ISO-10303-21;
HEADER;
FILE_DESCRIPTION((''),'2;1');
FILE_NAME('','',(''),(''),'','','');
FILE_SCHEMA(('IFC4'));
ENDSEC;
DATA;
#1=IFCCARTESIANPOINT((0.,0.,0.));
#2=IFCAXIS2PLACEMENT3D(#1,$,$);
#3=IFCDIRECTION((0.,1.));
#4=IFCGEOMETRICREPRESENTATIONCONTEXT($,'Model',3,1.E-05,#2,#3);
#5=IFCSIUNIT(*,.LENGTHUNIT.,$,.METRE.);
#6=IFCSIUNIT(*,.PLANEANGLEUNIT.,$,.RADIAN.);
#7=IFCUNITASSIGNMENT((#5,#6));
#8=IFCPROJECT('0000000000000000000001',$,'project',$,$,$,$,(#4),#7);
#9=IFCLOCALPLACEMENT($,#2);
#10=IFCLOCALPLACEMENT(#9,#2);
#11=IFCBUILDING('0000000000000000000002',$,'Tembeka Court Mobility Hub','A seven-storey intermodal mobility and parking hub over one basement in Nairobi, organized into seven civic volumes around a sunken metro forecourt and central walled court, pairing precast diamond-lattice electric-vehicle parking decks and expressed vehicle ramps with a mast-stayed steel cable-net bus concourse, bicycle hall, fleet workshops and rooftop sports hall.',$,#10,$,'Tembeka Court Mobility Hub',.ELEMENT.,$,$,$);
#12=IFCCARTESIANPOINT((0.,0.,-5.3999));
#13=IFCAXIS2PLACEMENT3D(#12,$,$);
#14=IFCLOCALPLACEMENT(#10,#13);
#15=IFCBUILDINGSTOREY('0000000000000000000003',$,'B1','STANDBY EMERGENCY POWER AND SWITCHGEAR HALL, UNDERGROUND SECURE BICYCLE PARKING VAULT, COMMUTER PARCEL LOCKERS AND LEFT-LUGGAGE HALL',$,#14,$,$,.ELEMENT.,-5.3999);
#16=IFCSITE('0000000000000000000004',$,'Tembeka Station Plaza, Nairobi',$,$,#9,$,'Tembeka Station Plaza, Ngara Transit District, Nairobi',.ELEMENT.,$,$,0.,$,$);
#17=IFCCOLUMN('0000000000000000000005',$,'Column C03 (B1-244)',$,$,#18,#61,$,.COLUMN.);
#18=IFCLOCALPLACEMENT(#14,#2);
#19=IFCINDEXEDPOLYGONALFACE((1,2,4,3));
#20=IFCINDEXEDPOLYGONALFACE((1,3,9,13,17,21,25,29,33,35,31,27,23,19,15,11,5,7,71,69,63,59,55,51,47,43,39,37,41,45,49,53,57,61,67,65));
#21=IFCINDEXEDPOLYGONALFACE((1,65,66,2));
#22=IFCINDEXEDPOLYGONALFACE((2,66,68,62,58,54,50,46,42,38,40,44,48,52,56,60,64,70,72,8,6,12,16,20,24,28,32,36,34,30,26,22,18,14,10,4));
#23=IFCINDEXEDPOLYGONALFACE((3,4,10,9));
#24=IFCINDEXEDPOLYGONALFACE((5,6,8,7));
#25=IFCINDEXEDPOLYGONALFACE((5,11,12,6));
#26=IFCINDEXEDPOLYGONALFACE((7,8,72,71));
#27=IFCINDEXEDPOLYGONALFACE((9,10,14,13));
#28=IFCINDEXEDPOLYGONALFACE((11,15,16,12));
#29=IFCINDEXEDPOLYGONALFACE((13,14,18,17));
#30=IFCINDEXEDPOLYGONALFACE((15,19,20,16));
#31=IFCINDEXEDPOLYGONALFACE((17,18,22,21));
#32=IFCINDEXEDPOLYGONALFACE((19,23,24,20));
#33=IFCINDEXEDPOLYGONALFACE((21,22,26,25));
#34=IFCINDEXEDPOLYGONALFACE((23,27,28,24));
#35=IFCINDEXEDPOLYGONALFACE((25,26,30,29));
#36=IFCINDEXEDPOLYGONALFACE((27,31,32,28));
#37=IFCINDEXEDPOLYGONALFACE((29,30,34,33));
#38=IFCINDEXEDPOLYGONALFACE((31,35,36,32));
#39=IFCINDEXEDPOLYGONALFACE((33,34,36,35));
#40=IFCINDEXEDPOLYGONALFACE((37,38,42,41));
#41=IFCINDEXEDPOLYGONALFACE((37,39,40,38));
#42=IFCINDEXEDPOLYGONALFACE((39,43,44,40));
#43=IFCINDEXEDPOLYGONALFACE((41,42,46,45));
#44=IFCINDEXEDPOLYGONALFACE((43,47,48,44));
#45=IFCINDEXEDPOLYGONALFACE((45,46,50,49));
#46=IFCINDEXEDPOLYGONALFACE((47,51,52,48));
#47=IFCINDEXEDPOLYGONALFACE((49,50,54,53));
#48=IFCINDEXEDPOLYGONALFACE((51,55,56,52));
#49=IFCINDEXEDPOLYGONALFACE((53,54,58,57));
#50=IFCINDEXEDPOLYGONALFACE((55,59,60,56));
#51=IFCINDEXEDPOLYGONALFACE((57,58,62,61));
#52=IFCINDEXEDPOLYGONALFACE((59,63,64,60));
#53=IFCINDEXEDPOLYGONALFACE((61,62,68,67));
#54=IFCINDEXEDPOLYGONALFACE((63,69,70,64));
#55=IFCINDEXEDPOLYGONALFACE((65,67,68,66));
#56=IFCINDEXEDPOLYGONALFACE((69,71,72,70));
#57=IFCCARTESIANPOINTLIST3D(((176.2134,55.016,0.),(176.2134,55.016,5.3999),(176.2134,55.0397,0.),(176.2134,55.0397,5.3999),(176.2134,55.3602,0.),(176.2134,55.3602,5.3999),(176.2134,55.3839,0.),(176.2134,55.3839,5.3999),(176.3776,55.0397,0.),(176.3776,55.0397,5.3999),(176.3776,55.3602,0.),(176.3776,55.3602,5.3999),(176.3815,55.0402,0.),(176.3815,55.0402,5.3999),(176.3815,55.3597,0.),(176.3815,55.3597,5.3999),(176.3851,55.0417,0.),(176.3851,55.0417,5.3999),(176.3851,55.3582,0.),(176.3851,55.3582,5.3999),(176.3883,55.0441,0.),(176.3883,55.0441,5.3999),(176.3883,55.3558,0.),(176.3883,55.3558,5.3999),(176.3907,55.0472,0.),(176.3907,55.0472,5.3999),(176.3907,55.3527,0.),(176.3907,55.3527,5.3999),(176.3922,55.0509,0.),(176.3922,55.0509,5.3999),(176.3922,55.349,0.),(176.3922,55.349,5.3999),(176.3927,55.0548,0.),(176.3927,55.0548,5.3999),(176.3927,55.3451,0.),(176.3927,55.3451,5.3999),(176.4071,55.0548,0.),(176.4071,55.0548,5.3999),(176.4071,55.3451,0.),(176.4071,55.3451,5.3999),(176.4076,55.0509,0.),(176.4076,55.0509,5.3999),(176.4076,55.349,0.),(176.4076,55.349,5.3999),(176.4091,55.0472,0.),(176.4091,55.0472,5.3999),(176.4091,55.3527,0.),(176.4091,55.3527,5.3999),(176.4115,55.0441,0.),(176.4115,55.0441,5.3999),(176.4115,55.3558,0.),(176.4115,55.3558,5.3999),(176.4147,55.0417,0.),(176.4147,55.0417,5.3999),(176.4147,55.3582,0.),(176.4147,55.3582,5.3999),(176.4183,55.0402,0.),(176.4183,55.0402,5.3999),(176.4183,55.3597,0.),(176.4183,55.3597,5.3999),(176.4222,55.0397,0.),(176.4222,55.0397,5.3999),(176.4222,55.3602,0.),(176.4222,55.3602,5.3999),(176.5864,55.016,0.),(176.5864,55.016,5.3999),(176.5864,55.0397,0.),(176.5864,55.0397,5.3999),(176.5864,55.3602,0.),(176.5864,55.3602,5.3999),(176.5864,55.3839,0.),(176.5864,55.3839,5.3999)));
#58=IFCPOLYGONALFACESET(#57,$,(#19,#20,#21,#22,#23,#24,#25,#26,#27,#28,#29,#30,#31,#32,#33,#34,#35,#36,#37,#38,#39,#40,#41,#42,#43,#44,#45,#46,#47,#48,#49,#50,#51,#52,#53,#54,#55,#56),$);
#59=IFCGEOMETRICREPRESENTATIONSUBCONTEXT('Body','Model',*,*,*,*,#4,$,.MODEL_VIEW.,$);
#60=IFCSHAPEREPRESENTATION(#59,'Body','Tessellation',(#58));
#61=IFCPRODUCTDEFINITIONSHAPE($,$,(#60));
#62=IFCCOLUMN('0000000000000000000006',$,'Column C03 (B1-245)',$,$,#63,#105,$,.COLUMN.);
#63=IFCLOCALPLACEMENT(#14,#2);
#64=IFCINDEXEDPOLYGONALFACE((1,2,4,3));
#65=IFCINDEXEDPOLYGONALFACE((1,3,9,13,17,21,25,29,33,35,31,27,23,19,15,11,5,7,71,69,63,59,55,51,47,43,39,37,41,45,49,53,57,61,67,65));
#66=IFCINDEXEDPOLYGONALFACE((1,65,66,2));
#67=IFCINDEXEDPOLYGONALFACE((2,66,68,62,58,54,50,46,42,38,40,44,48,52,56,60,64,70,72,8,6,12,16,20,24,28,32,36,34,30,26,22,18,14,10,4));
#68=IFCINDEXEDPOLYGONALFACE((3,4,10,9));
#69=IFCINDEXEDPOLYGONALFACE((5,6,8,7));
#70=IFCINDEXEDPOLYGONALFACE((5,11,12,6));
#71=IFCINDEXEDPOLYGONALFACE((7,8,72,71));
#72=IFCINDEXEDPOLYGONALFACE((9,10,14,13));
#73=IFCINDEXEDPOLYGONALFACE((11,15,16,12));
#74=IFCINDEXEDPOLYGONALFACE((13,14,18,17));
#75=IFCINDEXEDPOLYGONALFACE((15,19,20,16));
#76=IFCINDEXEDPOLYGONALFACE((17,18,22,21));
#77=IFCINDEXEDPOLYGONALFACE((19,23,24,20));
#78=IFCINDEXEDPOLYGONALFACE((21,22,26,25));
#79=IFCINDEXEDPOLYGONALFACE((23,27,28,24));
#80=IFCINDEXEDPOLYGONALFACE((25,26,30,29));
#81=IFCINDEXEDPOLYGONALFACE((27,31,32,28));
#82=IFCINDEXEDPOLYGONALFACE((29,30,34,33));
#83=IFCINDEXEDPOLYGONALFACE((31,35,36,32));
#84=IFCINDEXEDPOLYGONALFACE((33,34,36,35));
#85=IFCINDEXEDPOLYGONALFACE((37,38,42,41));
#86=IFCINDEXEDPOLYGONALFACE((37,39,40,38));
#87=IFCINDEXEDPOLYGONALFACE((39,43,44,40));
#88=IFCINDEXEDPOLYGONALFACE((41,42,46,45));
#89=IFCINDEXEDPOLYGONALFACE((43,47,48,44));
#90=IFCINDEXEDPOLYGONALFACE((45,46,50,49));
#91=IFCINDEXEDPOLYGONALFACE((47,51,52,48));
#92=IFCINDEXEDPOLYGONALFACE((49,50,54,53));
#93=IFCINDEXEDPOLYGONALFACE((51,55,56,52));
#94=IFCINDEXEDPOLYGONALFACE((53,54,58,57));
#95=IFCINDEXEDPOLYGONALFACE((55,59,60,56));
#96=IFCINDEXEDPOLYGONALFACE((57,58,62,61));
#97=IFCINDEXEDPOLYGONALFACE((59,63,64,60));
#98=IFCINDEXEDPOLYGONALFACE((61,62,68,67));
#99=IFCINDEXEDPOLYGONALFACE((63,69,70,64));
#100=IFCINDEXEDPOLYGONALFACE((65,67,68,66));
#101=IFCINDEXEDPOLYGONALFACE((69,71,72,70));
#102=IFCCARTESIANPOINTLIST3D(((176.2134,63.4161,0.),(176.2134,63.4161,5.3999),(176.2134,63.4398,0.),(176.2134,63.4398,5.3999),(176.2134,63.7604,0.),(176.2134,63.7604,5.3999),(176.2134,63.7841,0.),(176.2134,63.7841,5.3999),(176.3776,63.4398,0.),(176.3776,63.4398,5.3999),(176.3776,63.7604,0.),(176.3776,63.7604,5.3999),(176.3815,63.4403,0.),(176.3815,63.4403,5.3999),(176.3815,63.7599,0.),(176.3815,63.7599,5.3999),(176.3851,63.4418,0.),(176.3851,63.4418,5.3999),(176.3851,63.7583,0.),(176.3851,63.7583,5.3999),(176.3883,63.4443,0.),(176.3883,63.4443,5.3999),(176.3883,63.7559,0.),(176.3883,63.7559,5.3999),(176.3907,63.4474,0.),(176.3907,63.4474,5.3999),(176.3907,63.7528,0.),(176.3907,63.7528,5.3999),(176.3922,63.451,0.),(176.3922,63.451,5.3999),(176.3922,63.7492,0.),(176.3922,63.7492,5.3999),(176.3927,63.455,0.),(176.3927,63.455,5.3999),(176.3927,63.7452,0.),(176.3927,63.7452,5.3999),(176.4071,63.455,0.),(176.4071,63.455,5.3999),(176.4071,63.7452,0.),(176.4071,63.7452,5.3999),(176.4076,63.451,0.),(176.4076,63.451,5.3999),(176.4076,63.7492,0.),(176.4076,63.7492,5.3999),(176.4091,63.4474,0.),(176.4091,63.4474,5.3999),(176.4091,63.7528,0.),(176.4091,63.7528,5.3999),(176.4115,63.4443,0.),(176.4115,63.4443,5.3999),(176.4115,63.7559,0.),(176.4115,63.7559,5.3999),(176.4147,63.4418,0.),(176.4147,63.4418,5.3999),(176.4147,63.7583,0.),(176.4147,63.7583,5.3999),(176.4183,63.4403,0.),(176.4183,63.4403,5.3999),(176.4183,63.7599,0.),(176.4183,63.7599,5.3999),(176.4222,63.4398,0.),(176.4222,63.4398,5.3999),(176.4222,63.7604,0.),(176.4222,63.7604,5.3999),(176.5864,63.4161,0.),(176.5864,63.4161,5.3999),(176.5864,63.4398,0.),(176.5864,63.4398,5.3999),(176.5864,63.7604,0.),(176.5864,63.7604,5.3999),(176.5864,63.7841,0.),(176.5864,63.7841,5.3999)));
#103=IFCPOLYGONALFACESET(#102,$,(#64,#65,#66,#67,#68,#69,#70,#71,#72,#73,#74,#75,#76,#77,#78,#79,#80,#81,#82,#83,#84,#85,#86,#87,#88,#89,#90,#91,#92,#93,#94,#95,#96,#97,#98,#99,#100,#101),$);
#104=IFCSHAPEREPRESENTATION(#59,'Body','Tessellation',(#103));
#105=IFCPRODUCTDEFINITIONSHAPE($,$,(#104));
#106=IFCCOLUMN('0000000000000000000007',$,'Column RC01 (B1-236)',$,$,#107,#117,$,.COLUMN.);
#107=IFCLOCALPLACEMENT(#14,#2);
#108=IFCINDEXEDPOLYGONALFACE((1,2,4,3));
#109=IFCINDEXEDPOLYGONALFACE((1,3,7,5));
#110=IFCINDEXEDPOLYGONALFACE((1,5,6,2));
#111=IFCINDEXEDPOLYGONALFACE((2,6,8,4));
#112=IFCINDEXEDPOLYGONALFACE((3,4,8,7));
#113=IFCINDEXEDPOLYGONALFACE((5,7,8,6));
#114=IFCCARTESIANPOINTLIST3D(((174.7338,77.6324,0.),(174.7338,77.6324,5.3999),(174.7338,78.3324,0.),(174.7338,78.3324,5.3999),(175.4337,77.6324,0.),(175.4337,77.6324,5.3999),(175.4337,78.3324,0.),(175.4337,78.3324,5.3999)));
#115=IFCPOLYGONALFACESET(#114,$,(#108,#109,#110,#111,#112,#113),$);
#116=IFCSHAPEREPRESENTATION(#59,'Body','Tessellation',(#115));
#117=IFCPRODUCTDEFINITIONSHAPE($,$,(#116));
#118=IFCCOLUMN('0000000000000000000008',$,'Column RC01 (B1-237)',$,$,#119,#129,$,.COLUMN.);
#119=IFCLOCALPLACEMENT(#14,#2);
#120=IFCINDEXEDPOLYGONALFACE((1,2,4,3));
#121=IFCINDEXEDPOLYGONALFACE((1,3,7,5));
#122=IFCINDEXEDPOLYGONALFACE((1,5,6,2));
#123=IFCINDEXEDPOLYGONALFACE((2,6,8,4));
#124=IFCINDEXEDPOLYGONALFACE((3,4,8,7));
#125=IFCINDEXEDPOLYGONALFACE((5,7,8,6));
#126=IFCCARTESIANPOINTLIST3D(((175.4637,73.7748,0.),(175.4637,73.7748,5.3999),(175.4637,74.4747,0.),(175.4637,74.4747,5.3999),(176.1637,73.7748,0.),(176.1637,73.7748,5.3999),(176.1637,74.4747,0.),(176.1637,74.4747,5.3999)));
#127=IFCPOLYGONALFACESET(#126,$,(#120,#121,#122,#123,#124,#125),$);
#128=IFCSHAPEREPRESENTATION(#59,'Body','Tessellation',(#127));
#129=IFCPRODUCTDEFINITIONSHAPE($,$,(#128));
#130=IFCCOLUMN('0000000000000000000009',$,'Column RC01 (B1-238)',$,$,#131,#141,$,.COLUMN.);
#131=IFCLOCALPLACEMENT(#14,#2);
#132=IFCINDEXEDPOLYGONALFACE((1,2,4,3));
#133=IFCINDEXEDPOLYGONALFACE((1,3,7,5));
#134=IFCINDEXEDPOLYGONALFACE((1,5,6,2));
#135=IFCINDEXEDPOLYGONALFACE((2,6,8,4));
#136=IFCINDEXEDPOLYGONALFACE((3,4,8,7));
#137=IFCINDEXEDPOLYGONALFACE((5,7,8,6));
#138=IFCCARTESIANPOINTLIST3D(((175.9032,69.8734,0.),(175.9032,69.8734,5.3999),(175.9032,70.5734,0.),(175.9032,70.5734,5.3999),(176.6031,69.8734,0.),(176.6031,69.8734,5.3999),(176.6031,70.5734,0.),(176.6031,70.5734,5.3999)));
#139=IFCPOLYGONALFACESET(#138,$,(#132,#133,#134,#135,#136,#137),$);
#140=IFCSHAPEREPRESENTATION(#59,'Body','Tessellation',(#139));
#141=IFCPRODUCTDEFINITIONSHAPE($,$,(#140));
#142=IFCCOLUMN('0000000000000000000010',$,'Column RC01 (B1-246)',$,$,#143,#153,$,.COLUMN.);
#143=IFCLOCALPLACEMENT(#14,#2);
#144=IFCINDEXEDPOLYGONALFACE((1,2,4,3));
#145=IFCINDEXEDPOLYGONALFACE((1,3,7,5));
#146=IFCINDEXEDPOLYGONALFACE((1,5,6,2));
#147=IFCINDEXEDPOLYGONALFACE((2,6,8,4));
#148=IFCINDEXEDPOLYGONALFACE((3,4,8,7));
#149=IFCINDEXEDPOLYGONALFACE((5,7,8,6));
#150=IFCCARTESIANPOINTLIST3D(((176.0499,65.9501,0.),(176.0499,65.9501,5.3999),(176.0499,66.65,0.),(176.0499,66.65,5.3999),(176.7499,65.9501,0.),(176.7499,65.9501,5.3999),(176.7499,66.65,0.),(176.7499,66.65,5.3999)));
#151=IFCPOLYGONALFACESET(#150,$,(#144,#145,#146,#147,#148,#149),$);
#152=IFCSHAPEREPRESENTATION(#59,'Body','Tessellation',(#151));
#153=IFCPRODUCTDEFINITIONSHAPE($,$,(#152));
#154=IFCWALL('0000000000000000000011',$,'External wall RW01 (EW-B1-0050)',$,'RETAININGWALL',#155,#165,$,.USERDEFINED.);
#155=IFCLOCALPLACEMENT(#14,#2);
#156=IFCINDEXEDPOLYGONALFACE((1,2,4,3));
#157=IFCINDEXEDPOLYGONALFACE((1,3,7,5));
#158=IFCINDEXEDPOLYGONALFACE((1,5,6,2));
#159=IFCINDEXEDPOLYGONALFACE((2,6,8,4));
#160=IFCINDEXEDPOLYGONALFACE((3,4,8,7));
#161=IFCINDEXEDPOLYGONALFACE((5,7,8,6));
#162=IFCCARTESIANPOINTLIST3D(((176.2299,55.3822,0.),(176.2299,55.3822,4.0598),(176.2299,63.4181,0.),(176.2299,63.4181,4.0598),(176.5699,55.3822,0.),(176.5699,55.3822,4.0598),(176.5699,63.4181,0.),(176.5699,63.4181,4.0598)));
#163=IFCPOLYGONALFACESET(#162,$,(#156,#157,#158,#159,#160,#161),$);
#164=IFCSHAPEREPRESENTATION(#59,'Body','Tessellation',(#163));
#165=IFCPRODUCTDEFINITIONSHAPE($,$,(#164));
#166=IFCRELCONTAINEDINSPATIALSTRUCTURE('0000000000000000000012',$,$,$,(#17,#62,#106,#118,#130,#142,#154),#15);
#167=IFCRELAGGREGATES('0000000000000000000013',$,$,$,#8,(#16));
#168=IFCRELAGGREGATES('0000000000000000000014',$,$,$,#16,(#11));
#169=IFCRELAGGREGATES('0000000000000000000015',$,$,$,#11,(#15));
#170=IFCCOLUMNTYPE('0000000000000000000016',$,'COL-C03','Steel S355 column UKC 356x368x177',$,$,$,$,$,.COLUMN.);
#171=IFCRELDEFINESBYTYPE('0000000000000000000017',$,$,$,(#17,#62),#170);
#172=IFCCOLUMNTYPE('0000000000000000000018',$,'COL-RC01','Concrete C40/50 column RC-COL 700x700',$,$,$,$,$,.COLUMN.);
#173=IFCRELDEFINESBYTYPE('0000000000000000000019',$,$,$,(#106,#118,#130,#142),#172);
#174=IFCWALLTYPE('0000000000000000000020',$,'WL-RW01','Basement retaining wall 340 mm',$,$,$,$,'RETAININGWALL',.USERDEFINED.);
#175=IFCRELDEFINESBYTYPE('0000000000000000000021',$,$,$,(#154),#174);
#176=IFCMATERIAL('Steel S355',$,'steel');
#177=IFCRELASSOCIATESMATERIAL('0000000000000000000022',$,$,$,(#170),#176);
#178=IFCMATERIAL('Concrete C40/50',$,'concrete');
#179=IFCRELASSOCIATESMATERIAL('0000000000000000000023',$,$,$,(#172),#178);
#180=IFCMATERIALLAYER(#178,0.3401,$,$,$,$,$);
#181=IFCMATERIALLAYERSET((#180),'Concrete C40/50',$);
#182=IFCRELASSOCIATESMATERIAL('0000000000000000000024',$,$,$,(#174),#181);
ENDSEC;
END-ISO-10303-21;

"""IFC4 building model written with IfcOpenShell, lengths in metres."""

from ifc_helpers import new_model, si_unit, direction, frame, frame_2d, origin, origin_2d, place, context, subcontext, project, spatial, rectangle, i_section, extrude, material, layer, layer_set, material_profile, profile_set, type_object, element, save


model = new_model("IFC4")

# Units and contexts
model_context = context("Model", 3, precision=1e-05, world=origin(), true_north=direction((0.0, 1.0)))
body_context = subcontext(model_context, "Body", "Model", "MODEL_VIEW")
ifc_project = project(units=[si_unit("LENGTHUNIT", "METRE"), si_unit("PLANEANGLEUNIT", "RADIAN")], contexts=[model_context])

# Site, building, storey
site_placement = place(None, origin())
site = spatial("IfcSite", under=ifc_project, at=site_placement, Name="Tembeka Station Plaza, Nairobi", LongName="Tembeka Station Plaza, Ngara Transit District, Nairobi", CompositionType="ELEMENT", RefElevation=0.0)
building_placement = place(site_placement, origin())
building = spatial("IfcBuilding", under=site, at=building_placement, Name="Tembeka Court Mobility Hub", Description="A seven-storey intermodal mobility and parking hub over one basement in Nairobi, organized into seven civic volumes around a sunken metro forecourt and central walled court, pairing precast diamond-lattice electric-vehicle parking decks and expressed vehicle ramps with a mast-stayed steel cable-net bus concourse, bicycle hall, fleet workshops and rooftop sports hall.", LongName="Tembeka Court Mobility Hub", CompositionType="ELEMENT")
storey_placement = place(building_placement, frame((0.0, 0.0, -5.3999)))
storey = spatial("IfcBuildingStorey", under=building, at=storey_placement, Name="B1", Description="STANDBY EMERGENCY POWER AND SWITCHGEAR HALL, UNDERGROUND SECURE BICYCLE PARKING VAULT, COMMUTER PARCEL LOCKERS AND LEFT-LUGGAGE HALL", CompositionType="ELEMENT", Elevation=-5.3999)

# Shared definitions
ifc_material_1 = material(Name="Concrete C40/50", Category="concrete")

# Columns
ifc_material_2 = material(Name="Steel S355", Category="steel")
ifc_material_profile_1 = material_profile(ifc_material_2, i_section(OverallWidth=0.373, OverallDepth=0.3679, WebThickness=0.0144, FlangeThickness=0.0237, FilletRadius=0.0151, at=origin_2d()), Name="UKC 356x368x177")
ifc_profile_set_1 = profile_set([ifc_material_profile_1], Name="Steel S355")
column_type_1 = type_object("IfcColumnType", Name="COL-C03", Description="Steel S355 column UKC 356x368x177", PredefinedType="COLUMN", material=ifc_profile_set_1)
for number, where, z_axis, x_axis, name in (
    (1, (176.3999, 55.2, 0.0), (0.0, 0.0, 1.0), (1.0, 0.0, 0.0), "Column C03 (B1-244)"),
    (2, (176.3999, 63.6001, 0.0), (0.0, 0.0, 1.0), (1.0, 0.0, 0.0), "Column C03 (B1-245)"),
):
    element("IfcColumn", number, at=place(storey_placement, frame(where, z_axis=z_axis, x_axis=x_axis)), inside=storey, type_object=column_type_1, Name=name, PredefinedType="COLUMN", context=body_context, shape_type="SweptSolid", body=[
        extrude(i_section(OverallWidth=0.373, OverallDepth=0.3679, WebThickness=0.0144, FlangeThickness=0.0237, FilletRadius=0.0151, at=origin_2d()), origin(), (0.0, 0.0, 1.0), 5.3999),
    ])
ifc_material_profile_2 = material_profile(ifc_material_1, rectangle(XDim=0.7, YDim=0.7, at=origin_2d()), Name="RC-COL 700x700")
ifc_profile_set_2 = profile_set([ifc_material_profile_2], Name="Concrete C40/50")
column_type_2 = type_object("IfcColumnType", Name="COL-RC01", Description="Concrete C40/50 column RC-COL 700x700", PredefinedType="COLUMN", material=ifc_profile_set_2)
for number, where, z_axis, x_axis, name in (
    (3, (175.0837, 77.9824, 0.0), (0.0, 0.0, 1.0), (1.0, 0.0, 0.0), "Column RC01 (B1-236)"),
    (4, (175.8137, 74.1248, 0.0), (0.0, 0.0, 1.0), (1.0, 0.0, 0.0), "Column RC01 (B1-237)"),
    (5, (176.2532, 70.2234, 0.0), (0.0, 0.0, 1.0), (1.0, 0.0, 0.0), "Column RC01 (B1-238)"),
    (6, (176.3999, 66.3, 0.0), (0.0, 0.0, 1.0), (1.0, 0.0, 0.0), "Column RC01 (B1-246)"),
):
    element("IfcColumn", number, at=place(storey_placement, frame(where, z_axis=z_axis, x_axis=x_axis)), inside=storey, type_object=column_type_2, Name=name, PredefinedType="COLUMN", context=body_context, shape_type="SweptSolid", body=[
        extrude(rectangle(XDim=0.7, YDim=0.7, at=origin_2d()), origin(), (0.0, 0.0, 1.0), 5.3999),
    ])

# Wall
ifc_layer = layer(ifc_material_1, 0.3401)
ifc_layer_set = layer_set([ifc_layer], Name="Concrete C40/50")
wall_type = type_object("IfcWallType", Name="WL-RW01", Description="Basement retaining wall 340 mm", ElementType="RETAININGWALL", PredefinedType="USERDEFINED", material=ifc_layer_set)
wall_placement = place(storey_placement, frame((176.3999, 55.3821, 0.0), z_axis=(0.0, 0.0, 1.0), x_axis=(0.0, 1.0, 0.0)))
element("IfcWall", 7, at=wall_placement, inside=storey, type_object=wall_type, Name="External wall RW01 (EW-B1-0050)", ObjectType="RETAININGWALL", PredefinedType="USERDEFINED", context=body_context, shape_type="SweptSolid", body=[
    extrude(rectangle(XDim=8.0359, YDim=0.3401, at=frame_2d((4.0181, 0.0))), origin(), (0.0, 0.0, 1.0), 4.0598),
])

save(model, "model.ifc")
